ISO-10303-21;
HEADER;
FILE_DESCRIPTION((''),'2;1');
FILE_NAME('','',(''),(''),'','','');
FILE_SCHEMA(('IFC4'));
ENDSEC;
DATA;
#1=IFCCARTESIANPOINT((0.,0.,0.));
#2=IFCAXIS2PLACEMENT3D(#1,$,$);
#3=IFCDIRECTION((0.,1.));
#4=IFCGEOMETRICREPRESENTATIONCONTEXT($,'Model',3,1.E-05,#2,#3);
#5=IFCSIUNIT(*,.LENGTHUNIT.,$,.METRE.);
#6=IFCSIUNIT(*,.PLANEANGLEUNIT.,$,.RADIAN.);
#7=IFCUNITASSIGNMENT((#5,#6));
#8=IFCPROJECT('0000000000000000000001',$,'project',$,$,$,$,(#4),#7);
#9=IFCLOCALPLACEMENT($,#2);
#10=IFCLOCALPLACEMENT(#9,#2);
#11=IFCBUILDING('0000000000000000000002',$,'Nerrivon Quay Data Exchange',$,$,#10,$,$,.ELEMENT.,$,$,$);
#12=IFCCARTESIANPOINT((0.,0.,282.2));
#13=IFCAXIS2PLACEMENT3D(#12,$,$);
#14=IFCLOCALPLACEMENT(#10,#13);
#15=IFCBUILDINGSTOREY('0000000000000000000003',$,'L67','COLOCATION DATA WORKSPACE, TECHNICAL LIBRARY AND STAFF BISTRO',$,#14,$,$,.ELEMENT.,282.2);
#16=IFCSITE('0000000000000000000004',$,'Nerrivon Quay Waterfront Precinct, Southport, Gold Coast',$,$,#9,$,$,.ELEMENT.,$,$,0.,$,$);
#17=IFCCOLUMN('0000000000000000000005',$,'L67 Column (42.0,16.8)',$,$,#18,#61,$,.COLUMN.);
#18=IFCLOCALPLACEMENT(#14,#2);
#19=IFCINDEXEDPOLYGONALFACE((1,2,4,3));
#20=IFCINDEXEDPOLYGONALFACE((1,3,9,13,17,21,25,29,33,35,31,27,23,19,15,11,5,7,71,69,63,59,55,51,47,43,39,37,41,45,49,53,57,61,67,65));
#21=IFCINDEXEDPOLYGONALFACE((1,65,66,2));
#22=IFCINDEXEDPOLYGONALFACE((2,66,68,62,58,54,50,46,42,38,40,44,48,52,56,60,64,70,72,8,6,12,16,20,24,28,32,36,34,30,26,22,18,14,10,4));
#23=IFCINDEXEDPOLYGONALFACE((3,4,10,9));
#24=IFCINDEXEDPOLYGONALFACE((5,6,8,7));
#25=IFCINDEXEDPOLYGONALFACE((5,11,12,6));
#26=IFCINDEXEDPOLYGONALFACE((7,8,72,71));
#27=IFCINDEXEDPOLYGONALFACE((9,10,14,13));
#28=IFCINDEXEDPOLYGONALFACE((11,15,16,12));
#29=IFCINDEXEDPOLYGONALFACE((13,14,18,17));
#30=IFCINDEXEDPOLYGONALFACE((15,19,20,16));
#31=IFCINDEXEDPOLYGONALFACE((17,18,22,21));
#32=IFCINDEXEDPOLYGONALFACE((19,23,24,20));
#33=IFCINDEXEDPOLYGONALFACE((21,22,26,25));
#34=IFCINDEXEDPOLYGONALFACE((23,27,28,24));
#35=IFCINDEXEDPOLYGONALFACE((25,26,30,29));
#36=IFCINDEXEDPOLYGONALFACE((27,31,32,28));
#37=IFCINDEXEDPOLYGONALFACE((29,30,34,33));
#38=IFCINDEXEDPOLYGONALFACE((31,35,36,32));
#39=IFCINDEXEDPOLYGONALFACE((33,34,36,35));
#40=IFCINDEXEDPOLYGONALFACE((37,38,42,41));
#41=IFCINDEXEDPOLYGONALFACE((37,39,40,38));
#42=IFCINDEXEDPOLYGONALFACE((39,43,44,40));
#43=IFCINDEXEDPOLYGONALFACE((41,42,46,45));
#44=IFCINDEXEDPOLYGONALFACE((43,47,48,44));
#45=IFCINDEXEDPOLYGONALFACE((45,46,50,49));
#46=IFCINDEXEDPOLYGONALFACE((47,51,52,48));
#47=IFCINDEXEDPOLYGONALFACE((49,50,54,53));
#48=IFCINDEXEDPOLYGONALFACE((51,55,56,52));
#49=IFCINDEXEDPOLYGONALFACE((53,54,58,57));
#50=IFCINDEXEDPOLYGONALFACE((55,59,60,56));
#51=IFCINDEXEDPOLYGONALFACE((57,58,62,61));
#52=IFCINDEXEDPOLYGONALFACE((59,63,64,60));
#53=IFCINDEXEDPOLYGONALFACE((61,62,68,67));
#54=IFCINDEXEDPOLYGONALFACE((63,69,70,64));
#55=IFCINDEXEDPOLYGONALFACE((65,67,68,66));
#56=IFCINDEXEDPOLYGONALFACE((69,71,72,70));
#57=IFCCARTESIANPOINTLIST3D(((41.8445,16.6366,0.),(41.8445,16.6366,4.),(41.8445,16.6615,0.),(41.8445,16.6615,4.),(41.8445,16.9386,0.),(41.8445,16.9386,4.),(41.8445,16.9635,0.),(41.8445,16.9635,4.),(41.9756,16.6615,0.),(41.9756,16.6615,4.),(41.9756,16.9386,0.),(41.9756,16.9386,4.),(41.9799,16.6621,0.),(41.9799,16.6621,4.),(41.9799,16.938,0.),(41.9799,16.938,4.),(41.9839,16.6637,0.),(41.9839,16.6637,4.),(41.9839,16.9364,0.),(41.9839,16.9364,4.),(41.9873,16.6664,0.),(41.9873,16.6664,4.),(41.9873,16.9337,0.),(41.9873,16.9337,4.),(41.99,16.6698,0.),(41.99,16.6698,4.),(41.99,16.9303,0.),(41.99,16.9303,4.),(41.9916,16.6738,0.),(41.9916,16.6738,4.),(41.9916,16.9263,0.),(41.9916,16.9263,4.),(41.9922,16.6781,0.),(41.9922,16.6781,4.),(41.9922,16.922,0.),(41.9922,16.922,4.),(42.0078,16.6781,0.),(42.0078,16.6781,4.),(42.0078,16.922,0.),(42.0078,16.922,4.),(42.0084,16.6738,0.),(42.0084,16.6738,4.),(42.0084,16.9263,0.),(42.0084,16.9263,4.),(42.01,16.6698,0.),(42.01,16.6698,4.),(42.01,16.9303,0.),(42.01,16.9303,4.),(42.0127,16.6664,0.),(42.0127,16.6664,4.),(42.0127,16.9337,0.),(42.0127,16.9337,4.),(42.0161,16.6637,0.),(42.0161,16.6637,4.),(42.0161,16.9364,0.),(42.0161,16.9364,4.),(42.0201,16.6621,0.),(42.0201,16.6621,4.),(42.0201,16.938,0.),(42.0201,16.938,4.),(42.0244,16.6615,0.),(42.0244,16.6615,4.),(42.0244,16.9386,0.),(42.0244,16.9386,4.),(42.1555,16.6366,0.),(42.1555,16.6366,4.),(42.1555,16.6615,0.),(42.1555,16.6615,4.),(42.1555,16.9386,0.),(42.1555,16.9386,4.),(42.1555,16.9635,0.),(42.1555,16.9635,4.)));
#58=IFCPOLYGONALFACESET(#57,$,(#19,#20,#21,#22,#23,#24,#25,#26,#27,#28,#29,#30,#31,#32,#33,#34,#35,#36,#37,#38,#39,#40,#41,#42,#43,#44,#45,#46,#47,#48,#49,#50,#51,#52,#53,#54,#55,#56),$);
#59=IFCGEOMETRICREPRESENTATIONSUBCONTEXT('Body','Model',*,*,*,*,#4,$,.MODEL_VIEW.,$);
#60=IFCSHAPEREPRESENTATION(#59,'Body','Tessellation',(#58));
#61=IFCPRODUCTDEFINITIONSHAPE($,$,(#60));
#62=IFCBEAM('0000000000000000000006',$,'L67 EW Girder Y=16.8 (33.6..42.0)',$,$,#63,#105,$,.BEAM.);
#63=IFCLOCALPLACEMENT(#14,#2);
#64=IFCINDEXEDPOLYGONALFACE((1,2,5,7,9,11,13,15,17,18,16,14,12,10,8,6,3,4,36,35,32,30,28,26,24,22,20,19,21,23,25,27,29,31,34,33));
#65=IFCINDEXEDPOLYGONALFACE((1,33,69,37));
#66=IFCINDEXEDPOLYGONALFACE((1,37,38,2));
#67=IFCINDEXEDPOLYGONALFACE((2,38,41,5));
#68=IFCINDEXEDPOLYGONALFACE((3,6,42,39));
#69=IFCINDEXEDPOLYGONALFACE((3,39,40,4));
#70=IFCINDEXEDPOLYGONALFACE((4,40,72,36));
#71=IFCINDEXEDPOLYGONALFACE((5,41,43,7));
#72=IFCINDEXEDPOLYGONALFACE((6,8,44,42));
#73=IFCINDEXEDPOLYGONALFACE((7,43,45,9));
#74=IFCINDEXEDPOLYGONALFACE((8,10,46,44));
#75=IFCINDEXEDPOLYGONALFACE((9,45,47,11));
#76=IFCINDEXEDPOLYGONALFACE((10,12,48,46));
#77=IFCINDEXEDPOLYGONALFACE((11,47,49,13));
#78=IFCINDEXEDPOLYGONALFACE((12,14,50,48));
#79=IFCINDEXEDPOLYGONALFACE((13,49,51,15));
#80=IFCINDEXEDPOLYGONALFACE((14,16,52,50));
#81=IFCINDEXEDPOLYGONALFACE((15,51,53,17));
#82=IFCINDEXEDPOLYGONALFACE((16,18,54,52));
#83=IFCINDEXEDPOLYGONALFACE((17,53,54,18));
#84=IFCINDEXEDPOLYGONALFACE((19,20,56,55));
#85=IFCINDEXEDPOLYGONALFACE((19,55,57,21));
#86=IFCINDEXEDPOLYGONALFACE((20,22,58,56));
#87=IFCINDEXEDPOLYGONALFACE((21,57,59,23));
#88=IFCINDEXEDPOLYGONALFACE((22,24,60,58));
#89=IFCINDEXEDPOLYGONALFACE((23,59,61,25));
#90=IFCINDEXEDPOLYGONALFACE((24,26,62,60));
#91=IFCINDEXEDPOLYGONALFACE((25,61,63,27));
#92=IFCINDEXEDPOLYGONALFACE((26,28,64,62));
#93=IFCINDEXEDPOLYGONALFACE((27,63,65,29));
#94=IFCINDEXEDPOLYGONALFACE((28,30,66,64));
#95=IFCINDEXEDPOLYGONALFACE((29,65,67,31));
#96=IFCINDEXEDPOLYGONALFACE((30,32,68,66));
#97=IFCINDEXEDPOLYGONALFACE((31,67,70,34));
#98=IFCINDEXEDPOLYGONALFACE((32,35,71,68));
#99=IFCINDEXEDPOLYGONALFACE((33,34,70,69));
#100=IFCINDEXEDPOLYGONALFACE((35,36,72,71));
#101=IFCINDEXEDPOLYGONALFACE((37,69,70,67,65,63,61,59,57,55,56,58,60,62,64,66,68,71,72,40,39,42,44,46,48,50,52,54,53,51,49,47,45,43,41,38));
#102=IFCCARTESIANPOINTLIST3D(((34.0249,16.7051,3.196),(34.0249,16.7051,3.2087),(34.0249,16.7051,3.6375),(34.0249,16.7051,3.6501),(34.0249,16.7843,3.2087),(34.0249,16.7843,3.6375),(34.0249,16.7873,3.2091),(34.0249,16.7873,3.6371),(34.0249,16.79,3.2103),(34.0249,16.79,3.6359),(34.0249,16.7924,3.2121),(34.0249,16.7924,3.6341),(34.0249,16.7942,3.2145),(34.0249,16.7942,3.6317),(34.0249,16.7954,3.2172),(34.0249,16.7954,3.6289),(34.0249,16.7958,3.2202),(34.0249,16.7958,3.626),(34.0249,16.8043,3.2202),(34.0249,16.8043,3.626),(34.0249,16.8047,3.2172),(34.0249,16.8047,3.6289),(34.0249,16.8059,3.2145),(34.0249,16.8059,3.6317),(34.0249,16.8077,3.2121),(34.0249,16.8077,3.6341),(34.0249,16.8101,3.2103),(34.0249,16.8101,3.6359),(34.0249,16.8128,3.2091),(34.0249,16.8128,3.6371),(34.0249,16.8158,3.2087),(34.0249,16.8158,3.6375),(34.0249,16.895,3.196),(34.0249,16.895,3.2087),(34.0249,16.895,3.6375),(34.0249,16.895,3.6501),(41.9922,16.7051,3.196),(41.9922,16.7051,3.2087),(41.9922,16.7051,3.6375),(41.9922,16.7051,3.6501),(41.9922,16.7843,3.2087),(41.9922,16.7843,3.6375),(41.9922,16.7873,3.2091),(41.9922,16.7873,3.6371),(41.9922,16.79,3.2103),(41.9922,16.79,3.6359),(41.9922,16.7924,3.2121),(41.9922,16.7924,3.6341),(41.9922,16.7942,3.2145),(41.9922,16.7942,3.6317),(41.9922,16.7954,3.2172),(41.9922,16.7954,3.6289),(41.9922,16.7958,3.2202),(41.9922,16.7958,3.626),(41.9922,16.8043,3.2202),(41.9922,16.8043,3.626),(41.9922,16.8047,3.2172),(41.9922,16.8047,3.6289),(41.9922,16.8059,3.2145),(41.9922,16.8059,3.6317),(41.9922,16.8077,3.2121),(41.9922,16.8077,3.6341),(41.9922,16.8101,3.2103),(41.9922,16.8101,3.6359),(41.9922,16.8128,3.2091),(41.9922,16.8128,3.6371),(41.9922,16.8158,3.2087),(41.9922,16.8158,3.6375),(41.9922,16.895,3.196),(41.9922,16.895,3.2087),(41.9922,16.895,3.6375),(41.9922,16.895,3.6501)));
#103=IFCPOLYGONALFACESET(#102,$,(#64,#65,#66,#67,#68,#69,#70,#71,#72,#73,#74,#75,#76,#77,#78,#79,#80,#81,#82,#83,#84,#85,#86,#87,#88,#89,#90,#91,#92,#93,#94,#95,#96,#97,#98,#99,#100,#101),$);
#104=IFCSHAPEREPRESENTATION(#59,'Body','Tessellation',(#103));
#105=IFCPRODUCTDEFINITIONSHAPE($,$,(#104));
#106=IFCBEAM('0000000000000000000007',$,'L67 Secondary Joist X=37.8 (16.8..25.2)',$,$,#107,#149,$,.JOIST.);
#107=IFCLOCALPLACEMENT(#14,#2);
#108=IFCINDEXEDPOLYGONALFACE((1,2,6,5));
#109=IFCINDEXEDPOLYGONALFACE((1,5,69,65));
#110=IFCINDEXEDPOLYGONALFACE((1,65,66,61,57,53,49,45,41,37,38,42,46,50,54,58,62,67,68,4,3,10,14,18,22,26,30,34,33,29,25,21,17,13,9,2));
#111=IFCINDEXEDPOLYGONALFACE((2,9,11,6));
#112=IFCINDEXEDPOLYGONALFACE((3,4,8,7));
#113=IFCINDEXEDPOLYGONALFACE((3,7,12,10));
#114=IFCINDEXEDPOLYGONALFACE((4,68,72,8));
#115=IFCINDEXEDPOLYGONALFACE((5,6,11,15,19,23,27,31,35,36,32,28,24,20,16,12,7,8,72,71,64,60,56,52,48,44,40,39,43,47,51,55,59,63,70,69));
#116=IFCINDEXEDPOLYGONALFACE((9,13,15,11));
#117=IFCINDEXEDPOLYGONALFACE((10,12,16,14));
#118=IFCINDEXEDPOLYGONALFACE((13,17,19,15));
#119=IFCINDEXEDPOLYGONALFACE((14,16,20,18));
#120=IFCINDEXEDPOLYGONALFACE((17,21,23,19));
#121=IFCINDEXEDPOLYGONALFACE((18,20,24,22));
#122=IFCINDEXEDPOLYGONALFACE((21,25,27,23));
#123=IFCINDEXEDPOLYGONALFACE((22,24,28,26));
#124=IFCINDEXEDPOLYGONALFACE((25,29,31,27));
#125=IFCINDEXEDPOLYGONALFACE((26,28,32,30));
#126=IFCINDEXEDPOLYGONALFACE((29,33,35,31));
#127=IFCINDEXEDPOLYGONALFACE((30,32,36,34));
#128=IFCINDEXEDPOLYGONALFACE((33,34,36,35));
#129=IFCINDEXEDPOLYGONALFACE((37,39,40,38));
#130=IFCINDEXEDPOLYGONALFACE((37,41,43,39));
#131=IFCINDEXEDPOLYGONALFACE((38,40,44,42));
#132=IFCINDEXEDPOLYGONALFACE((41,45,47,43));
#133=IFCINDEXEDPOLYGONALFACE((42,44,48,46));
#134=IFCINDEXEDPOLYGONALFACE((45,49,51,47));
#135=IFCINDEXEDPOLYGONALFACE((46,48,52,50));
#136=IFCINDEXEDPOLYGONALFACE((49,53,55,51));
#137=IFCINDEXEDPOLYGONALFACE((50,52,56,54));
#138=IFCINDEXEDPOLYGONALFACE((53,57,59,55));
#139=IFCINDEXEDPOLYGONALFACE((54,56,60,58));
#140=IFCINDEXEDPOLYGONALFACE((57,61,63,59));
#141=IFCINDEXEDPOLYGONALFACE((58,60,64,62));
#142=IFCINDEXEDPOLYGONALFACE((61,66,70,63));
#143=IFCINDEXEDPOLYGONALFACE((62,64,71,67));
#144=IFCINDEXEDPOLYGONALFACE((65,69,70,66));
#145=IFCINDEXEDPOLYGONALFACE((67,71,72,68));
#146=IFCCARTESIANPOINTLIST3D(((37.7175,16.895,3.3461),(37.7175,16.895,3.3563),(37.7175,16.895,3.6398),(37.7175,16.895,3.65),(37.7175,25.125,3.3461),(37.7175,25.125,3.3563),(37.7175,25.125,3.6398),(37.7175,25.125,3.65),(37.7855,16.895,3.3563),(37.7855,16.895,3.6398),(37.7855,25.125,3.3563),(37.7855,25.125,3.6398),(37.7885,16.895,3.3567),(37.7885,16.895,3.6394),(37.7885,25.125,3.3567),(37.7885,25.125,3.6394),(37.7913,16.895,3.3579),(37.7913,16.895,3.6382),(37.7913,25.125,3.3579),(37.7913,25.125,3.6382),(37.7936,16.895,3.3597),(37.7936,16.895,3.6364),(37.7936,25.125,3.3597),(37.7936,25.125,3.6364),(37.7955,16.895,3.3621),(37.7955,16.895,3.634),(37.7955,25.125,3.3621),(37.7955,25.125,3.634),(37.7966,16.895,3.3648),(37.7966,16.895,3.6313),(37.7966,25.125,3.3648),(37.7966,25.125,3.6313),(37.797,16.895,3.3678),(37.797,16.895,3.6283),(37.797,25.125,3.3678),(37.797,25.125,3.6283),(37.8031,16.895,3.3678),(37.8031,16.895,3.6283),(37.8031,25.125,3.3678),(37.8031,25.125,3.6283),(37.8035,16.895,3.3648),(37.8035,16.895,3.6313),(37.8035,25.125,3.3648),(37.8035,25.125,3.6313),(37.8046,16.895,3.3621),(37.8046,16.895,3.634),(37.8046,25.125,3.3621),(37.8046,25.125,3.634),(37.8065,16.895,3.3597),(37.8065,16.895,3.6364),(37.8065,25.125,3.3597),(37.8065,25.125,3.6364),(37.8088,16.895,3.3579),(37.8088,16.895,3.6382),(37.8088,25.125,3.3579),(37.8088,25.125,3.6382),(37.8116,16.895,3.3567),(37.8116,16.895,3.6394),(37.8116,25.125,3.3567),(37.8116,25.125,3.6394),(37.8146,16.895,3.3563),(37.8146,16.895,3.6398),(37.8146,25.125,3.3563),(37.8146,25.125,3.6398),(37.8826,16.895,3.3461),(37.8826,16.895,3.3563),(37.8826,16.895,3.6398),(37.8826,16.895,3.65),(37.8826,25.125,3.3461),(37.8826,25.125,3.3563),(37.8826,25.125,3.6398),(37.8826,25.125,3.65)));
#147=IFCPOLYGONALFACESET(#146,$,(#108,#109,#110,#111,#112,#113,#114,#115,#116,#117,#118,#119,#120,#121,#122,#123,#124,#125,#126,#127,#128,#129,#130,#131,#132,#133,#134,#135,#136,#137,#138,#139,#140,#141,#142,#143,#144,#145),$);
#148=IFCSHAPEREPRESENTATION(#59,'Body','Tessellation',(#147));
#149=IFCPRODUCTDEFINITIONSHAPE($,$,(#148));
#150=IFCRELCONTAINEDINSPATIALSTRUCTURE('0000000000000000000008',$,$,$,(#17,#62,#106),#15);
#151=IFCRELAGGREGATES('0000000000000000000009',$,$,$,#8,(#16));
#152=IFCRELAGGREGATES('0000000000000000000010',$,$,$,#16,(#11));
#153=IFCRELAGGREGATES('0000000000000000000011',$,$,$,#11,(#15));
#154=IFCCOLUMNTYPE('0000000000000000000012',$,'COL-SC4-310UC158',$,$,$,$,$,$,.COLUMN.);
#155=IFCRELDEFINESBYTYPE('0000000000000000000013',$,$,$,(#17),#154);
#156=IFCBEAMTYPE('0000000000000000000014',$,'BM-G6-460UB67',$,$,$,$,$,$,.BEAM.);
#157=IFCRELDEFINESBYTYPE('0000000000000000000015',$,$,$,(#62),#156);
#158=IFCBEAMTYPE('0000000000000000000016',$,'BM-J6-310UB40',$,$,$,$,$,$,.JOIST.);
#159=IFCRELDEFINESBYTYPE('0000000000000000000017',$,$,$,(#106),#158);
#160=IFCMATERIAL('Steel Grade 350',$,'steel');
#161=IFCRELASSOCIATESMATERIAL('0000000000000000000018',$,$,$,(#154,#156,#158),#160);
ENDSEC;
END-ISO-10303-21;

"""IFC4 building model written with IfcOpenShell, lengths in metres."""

from ifc_helpers import new_model, si_unit, direction, frame, origin, origin_2d, place, context, subcontext, project, spatial, i_section, extrude, material, material_profile, profile_set, type_object, element, save


model = new_model("IFC4")

# Units and contexts
model_context = context("Model", 3, precision=1e-05, world=origin(), true_north=direction((0.0, 1.0)))
body_context = subcontext(model_context, "Body", "Model", "MODEL_VIEW")
ifc_project = project(units=[si_unit("LENGTHUNIT", "METRE"), si_unit("PLANEANGLEUNIT", "RADIAN")], contexts=[model_context])

# Site, building, storey
site_placement = place(None, origin())
site = spatial("IfcSite", under=ifc_project, at=site_placement, Name="Nerrivon Quay Waterfront Precinct, Southport, Gold Coast", CompositionType="ELEMENT", RefElevation=0.0)
building_placement = place(site_placement, origin())
building = spatial("IfcBuilding", under=site, at=building_placement, Name="Nerrivon Quay Data Exchange", CompositionType="ELEMENT")
storey_placement = place(building_placement, frame((0.0, 0.0, 282.2)))
storey = spatial("IfcBuildingStorey", under=building, at=storey_placement, Name="L67", Description="COLOCATION DATA WORKSPACE, TECHNICAL LIBRARY AND STAFF BISTRO", CompositionType="ELEMENT", Elevation=282.2)

# Column
ifc_material_1 = material(Name="Steel Grade 350", Category="steel")
ifc_material_profile_1 = material_profile(ifc_material_1, i_section(OverallWidth=0.311, OverallDepth=0.3269, WebThickness=0.0156, FlangeThickness=0.0249, FilletRadius=0.0166, at=origin_2d()), Name="310UC158")
ifc_profile_set_1 = profile_set([ifc_material_profile_1], Name="Steel Grade 350")
column_type = type_object("IfcColumnType", Name="COL-SC4-310UC158", PredefinedType="COLUMN", material=ifc_profile_set_1)
column_placement = place(storey_placement, frame((42.0, 16.8, 0.0), z_axis=(0.0, 0.0, 1.0), x_axis=(1.0, 0.0, 0.0)))
element("IfcColumn", 1, at=column_placement, inside=storey, type_object=column_type, Name="L67 Column (42.0,16.8)", PredefinedType="COLUMN", context=body_context, shape_type="SweptSolid", body=[
    extrude(i_section(OverallWidth=0.311, OverallDepth=0.3269, WebThickness=0.0156, FlangeThickness=0.0249, FilletRadius=0.0166, at=origin_2d()), origin(), (0.0, 0.0, 1.0), 4.0),
])

# Beams
ifc_material_profile_2 = material_profile(ifc_material_1, i_section(OverallWidth=0.1899, OverallDepth=0.4541, WebThickness=0.0085, FlangeThickness=0.0127, FilletRadius=0.0115, at=origin_2d()), Name="460UB67.1")
ifc_profile_set_2 = profile_set([ifc_material_profile_2], Name="Steel Grade 350")
beam_type_1 = type_object("IfcBeamType", Name="BM-G6-460UB67", PredefinedType="BEAM", material=ifc_profile_set_2)
beam_1_placement = place(storey_placement, frame((34.0249, 16.8, 3.4231), z_axis=(1.0, 0.0, 0.0), x_axis=(0.0, 1.0, 0.0)))
element("IfcBeam", 2, at=beam_1_placement, inside=storey, type_object=beam_type_1, Name="L67 EW Girder Y=16.8 (33.6..42.0)", PredefinedType="BEAM", context=body_context, shape_type="SweptSolid", body=[
    extrude(i_section(OverallWidth=0.1899, OverallDepth=0.4541, WebThickness=0.0085, FlangeThickness=0.0127, FilletRadius=0.0115, at=origin_2d()), origin(), (0.0, 0.0, 1.0), 7.9673),
])
ifc_material_profile_3 = material_profile(ifc_material_1, i_section(OverallWidth=0.165, OverallDepth=0.304, WebThickness=0.0061, FlangeThickness=0.0103, FilletRadius=0.0115, at=origin_2d()), Name="310UB40.4")
ifc_profile_set_3 = profile_set([ifc_material_profile_3], Name="Steel Grade 350")
beam_type_2 = type_object("IfcBeamType", Name="BM-J6-310UB40", PredefinedType="JOIST", material=ifc_profile_set_3)
beam_2_placement = place(storey_placement, frame((37.8, 16.895, 3.498), z_axis=(0.0, 1.0, 0.0), x_axis=(-1.0, 0.0, 0.0)))
element("IfcBeam", 3, at=beam_2_placement, inside=storey, type_object=beam_type_2, Name="L67 Secondary Joist X=37.8 (16.8..25.2)", PredefinedType="JOIST", context=body_context, shape_type="SweptSolid", body=[
    extrude(i_section(OverallWidth=0.165, OverallDepth=0.304, WebThickness=0.0061, FlangeThickness=0.0103, FilletRadius=0.0115, at=origin_2d()), origin(), (0.0, 0.0, 1.0), 8.23),
])

save(model, "model.ifc")
